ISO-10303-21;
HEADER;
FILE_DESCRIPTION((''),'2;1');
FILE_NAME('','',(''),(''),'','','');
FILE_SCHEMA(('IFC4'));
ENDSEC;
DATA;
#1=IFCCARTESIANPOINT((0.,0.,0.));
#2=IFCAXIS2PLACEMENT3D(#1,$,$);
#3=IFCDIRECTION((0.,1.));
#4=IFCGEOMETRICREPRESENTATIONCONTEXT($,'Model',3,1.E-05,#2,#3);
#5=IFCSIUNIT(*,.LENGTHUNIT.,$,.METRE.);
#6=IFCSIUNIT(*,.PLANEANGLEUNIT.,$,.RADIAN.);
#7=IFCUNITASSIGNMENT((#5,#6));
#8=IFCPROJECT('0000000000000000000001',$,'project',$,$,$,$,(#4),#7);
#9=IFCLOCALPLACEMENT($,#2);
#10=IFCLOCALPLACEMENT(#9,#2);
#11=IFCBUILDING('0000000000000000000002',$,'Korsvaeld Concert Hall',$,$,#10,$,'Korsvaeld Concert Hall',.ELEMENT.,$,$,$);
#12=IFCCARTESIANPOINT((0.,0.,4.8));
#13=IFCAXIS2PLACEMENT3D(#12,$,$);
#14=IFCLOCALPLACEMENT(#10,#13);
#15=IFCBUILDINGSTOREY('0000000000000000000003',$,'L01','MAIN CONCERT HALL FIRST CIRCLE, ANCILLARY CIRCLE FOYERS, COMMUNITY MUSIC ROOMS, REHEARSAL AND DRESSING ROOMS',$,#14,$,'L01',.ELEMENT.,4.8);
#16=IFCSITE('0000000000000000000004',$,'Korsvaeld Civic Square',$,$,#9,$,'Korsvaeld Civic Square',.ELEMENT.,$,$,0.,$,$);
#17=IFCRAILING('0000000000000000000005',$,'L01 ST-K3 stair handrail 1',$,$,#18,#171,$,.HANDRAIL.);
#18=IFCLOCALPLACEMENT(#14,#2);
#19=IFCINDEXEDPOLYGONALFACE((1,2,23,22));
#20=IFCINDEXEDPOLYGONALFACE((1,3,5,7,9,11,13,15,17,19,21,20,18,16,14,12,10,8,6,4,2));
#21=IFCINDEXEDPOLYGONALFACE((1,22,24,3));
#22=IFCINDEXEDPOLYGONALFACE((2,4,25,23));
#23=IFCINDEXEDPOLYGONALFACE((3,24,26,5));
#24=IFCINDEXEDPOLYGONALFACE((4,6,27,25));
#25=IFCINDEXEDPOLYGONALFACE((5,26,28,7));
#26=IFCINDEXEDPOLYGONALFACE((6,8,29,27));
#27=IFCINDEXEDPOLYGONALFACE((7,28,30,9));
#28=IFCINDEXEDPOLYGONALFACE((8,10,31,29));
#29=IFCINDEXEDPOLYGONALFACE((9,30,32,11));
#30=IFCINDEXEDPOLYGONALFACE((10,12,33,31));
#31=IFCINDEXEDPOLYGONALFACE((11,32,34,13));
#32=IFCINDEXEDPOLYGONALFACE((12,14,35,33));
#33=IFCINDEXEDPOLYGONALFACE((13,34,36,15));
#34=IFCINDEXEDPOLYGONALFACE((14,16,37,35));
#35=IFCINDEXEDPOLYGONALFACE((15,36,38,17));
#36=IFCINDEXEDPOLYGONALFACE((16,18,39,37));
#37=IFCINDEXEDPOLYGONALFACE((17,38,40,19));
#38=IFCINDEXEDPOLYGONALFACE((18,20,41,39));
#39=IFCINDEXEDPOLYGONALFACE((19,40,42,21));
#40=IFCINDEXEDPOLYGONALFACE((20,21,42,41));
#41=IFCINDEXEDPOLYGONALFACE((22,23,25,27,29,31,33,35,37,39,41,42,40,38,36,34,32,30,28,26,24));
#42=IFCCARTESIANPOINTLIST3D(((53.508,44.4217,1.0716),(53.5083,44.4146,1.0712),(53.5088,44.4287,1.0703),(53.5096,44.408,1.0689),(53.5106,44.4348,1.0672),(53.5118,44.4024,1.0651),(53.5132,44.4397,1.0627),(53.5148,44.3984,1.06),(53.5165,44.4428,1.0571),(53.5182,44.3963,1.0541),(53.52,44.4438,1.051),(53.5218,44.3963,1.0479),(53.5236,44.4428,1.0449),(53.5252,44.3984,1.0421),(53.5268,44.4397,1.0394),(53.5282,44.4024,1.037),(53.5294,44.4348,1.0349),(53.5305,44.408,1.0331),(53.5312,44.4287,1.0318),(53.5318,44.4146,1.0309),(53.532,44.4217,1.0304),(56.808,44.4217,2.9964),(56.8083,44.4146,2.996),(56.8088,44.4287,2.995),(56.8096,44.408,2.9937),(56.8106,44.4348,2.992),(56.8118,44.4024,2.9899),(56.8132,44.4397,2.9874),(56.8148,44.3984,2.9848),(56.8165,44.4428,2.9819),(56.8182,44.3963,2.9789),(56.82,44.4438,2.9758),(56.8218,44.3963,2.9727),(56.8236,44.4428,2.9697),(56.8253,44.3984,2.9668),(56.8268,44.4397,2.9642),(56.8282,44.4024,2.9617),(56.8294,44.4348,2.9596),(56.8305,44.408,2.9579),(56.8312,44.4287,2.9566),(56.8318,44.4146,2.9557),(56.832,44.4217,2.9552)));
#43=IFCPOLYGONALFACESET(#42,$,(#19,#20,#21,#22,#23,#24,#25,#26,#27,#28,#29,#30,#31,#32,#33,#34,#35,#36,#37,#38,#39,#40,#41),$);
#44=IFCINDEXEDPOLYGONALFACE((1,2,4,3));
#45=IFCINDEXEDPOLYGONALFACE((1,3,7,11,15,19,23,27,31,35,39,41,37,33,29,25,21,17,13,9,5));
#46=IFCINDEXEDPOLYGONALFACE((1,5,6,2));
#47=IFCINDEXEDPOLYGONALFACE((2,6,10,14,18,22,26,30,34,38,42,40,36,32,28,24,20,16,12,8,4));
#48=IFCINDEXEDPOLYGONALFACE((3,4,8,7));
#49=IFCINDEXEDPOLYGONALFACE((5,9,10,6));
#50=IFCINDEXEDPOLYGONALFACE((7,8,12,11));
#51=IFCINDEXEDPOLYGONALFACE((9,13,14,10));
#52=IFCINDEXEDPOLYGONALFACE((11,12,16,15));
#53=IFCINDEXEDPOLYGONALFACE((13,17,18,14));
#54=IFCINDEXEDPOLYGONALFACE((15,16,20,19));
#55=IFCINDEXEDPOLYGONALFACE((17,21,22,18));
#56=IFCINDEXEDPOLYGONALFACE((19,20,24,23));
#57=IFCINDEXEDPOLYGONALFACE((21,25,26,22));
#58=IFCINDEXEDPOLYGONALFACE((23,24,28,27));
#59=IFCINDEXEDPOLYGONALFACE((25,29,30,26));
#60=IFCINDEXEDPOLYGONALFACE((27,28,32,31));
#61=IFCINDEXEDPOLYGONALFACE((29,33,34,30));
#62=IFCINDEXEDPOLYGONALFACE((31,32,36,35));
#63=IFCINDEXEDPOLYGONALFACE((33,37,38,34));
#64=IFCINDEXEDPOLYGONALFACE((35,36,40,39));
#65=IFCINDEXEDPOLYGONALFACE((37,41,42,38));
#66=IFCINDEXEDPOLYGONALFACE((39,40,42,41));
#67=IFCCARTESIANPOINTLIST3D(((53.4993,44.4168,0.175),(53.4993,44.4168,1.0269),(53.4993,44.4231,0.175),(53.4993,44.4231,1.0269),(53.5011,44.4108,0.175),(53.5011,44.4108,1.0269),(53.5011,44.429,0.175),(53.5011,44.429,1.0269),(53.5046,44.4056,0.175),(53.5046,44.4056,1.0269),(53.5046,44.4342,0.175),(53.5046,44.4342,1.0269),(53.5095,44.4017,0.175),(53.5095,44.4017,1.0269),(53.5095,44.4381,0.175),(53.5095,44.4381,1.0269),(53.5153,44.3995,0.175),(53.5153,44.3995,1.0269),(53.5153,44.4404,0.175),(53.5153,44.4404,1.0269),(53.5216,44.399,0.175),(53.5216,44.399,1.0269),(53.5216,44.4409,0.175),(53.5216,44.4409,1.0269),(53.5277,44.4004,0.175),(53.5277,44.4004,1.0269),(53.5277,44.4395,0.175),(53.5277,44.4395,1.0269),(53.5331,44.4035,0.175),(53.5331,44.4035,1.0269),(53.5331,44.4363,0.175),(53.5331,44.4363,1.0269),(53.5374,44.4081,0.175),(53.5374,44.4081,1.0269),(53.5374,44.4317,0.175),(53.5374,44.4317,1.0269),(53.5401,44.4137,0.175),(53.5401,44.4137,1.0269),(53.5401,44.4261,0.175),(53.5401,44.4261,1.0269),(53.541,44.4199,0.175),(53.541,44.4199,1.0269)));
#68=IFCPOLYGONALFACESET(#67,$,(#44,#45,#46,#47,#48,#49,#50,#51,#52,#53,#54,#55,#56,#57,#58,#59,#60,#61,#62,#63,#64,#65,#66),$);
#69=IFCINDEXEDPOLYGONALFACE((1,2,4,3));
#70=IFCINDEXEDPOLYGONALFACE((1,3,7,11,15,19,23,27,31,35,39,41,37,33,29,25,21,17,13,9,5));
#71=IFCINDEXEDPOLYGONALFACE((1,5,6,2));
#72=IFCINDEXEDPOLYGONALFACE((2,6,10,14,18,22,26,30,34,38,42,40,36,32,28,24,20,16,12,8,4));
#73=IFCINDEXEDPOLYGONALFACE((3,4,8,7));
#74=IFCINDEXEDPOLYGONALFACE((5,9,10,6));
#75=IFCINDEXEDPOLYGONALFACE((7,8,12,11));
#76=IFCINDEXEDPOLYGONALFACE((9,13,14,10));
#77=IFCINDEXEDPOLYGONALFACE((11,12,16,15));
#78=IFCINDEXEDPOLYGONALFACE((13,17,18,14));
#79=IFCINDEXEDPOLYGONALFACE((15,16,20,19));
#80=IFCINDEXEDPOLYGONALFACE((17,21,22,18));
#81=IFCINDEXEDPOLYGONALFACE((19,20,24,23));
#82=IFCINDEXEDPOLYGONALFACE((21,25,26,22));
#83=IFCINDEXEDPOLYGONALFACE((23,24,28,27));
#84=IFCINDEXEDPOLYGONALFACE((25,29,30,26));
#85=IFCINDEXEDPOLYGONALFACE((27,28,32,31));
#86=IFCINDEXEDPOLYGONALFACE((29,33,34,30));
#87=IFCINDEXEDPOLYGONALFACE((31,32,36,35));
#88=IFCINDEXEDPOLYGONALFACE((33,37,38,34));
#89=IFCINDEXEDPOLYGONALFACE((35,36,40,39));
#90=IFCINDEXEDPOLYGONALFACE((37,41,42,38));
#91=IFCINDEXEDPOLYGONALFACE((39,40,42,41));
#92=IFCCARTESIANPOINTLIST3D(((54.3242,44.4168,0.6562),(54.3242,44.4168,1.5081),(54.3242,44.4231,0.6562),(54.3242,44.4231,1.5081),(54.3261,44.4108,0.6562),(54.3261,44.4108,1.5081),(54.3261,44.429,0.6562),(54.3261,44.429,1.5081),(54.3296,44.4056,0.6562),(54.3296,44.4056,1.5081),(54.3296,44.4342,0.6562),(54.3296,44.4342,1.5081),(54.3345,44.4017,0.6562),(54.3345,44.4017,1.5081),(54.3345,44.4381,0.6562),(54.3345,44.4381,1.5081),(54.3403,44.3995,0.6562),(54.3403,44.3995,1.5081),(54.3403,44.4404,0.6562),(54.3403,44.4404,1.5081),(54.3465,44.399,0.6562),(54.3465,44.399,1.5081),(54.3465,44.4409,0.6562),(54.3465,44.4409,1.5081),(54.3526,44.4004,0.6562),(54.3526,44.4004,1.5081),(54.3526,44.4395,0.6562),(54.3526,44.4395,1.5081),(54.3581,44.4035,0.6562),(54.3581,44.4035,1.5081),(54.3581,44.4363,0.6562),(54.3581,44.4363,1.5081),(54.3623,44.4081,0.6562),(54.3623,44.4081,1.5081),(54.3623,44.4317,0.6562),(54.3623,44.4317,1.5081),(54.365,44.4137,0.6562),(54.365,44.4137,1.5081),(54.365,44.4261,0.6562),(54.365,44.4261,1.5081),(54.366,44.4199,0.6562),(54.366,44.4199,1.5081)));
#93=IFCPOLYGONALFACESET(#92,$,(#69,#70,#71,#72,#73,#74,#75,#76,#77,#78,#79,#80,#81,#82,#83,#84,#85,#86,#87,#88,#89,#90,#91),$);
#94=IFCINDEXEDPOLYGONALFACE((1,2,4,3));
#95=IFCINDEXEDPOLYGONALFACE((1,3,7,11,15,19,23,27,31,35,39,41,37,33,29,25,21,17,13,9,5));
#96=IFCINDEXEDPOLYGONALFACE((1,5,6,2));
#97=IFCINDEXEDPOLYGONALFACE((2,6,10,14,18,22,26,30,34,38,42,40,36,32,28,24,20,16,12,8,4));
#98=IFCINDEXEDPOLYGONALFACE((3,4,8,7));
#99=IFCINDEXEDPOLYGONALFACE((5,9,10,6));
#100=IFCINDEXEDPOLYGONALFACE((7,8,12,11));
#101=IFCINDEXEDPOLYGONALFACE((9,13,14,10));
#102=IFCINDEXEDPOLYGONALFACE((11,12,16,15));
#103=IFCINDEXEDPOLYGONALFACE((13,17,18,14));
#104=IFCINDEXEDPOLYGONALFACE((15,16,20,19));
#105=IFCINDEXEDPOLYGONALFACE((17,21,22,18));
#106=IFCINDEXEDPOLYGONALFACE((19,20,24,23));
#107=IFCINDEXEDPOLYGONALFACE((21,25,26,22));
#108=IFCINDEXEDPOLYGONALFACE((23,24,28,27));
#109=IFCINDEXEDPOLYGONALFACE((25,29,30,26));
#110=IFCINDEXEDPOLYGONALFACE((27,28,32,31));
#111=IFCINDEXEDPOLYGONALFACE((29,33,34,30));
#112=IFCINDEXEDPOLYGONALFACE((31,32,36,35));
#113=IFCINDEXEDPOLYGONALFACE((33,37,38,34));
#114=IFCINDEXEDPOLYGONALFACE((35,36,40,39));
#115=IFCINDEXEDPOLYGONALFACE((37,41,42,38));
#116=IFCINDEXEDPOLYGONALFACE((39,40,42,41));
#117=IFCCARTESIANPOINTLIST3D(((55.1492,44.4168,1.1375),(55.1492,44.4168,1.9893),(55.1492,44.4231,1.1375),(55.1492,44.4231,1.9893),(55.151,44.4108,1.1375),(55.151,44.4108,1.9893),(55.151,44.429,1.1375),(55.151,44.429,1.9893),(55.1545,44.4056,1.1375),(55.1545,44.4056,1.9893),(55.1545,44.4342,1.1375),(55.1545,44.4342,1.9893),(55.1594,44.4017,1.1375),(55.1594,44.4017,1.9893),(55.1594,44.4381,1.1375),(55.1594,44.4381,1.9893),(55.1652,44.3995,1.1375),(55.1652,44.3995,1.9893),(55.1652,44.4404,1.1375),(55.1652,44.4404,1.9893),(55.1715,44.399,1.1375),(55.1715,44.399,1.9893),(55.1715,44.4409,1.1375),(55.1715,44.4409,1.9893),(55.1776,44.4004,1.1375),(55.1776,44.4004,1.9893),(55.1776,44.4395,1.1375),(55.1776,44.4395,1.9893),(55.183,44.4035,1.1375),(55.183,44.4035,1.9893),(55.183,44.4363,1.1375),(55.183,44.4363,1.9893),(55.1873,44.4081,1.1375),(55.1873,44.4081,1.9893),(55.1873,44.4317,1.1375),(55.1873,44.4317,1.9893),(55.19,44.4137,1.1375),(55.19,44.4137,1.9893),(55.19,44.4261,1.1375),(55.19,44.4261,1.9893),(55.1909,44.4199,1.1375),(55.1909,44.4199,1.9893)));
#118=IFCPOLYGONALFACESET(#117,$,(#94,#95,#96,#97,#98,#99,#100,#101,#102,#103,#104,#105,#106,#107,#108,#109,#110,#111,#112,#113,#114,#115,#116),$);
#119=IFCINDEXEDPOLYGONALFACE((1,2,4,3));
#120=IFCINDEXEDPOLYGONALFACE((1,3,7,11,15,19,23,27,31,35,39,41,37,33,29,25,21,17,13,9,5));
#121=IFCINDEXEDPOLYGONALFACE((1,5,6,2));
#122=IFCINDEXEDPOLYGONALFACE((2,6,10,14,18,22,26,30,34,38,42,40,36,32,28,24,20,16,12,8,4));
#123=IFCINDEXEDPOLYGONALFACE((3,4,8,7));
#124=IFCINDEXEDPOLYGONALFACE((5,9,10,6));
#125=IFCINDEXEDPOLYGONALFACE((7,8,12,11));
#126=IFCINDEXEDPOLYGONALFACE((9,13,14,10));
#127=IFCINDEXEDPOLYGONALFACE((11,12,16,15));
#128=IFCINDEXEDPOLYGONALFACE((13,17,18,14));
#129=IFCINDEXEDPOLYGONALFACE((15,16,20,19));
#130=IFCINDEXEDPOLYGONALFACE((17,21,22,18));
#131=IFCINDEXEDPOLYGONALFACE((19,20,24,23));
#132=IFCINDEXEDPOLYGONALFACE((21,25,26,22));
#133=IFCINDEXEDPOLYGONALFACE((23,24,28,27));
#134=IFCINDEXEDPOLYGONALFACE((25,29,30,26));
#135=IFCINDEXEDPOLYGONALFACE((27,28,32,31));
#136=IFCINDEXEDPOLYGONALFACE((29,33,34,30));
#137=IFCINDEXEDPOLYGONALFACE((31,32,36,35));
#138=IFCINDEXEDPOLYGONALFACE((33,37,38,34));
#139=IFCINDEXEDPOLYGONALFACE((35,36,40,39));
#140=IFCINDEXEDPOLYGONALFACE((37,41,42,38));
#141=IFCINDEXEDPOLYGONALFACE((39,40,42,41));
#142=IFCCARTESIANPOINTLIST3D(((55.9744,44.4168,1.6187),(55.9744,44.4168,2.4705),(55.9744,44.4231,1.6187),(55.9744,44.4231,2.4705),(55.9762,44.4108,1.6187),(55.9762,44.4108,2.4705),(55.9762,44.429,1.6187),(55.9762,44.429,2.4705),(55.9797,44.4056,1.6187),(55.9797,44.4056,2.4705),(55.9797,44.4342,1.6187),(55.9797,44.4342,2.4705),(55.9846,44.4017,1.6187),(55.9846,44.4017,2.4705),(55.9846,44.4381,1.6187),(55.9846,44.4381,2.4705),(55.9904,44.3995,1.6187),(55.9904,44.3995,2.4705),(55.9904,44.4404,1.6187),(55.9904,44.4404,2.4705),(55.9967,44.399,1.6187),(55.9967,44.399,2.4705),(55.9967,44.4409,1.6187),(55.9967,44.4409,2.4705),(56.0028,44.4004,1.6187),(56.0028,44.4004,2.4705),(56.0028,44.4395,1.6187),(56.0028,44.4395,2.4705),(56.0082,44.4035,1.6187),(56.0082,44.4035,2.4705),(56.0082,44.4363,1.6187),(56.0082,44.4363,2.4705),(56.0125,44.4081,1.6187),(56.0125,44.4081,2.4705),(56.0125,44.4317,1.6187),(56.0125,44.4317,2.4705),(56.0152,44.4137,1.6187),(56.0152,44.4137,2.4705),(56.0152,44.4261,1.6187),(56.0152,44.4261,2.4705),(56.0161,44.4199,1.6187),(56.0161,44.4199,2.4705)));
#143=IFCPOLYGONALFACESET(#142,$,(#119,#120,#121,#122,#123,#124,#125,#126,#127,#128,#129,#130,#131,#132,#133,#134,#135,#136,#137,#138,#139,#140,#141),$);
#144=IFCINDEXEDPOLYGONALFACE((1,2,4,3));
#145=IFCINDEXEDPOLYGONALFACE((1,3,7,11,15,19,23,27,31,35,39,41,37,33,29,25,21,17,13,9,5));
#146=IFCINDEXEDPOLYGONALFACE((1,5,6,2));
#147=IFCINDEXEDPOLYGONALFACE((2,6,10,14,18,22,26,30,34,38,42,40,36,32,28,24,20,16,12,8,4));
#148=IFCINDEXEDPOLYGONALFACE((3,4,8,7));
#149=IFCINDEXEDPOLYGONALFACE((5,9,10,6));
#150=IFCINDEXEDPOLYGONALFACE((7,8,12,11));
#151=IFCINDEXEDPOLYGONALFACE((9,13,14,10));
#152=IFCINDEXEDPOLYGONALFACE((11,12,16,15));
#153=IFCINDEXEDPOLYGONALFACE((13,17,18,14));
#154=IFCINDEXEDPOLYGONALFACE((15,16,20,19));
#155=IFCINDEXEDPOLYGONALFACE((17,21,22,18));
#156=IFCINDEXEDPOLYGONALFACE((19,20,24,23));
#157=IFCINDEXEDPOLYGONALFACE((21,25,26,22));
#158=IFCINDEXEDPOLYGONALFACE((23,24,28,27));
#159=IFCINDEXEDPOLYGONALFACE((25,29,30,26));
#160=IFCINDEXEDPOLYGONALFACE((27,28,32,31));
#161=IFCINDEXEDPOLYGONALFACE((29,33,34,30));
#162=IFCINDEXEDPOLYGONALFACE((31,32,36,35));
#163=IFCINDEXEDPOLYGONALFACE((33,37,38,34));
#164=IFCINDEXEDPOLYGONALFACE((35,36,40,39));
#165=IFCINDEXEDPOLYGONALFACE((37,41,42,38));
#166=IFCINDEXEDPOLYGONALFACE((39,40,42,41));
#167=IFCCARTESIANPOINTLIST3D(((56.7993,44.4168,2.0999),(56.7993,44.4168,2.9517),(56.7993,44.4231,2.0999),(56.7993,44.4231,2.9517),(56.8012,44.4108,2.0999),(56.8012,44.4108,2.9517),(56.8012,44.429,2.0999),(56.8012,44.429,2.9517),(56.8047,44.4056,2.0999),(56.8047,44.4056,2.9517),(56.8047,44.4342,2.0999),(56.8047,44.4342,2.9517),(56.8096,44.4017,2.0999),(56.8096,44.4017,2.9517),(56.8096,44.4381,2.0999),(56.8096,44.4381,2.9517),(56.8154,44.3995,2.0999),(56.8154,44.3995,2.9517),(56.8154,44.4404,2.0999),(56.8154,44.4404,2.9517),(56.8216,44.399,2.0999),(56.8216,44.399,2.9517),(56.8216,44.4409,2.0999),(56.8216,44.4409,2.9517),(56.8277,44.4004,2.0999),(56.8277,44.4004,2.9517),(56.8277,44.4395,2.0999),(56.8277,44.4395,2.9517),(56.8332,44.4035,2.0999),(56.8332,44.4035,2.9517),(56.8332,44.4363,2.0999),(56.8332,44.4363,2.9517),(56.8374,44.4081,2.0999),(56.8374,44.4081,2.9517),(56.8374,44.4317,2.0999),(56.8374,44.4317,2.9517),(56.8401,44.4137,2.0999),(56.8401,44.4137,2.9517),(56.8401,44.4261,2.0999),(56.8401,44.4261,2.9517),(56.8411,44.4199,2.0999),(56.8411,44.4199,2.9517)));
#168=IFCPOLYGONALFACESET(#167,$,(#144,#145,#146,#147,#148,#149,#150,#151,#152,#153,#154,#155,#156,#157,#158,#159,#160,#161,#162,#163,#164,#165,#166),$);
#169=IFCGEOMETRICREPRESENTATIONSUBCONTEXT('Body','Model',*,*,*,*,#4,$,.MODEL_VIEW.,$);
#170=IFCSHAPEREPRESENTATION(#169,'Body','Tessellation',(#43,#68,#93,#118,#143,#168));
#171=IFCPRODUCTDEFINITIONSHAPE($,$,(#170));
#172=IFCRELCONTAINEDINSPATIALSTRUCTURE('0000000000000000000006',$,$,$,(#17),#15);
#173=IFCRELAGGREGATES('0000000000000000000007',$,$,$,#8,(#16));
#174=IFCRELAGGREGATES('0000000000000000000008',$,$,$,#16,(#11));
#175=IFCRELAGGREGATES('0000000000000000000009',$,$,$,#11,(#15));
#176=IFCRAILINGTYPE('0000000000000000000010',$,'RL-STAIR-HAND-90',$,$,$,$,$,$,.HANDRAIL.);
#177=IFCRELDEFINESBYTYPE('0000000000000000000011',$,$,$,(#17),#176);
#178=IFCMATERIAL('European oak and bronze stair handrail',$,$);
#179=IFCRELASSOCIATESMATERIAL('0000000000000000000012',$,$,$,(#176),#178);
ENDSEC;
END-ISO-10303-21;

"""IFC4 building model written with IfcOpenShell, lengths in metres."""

from ifc_helpers import new_model, si_unit, direction, frame, origin, origin_2d, place, context, subcontext, project, spatial, circle, extrude, material, type_object, element, save


model = new_model("IFC4")

# Units and contexts
model_context = context("Model", 3, precision=1e-05, world=origin(), true_north=direction((0.0, 1.0)))
body_context = subcontext(model_context, "Body", "Model", "MODEL_VIEW")
ifc_project = project(units=[si_unit("LENGTHUNIT", "METRE"), si_unit("PLANEANGLEUNIT", "RADIAN")], contexts=[model_context])

# Site, building, storey
site_placement = place(None, origin())
site = spatial("IfcSite", under=ifc_project, at=site_placement, Name="Korsvaeld Civic Square", LongName="Korsvaeld Civic Square", CompositionType="ELEMENT", RefElevation=0.0)
building_placement = place(site_placement, origin())
building = spatial("IfcBuilding", under=site, at=building_placement, Name="Korsvaeld Concert Hall", LongName="Korsvaeld Concert Hall", CompositionType="ELEMENT")
storey_placement = place(building_placement, frame((0.0, 0.0, 4.8)))
storey = spatial("IfcBuildingStorey", under=building, at=storey_placement, Name="L01", Description="MAIN CONCERT HALL FIRST CIRCLE, ANCILLARY CIRCLE FOYERS, COMMUNITY MUSIC ROOMS, REHEARSAL AND DRESSING ROOMS", LongName="L01", CompositionType="ELEMENT", Elevation=4.8)

# Railing
ifc_material_1 = material(Name="European oak and bronze stair handrail")
railing_type_1 = type_object("IfcRailingType", Name="RL-STAIR-HAND-90", PredefinedType="HANDRAIL", material=ifc_material_1)
railing_1_placement = place(storey_placement, frame((53.52, 44.4199, 0.175)))
element("IfcRailing", 1, at=railing_1_placement, inside=storey, type_object=railing_type_1, Name="L01 ST-K3 stair handrail 1", PredefinedType="HANDRAIL", context=body_context, shape_type="SweptSolid", body=[
    extrude(circle(Radius=0.0239, at=origin_2d()), frame((0.0, 0.0, 0.876), z_axis=(0.863804, 0.0, 0.503827), x_axis=(0.0, 1.0, 0.0)), (0.0, 0.0, 1.0), 3.8203),
    extrude(circle(Radius=0.021, at=origin_2d()), origin(), (0.0, 0.0, 1.0), 0.8518),
    extrude(circle(Radius=0.021, at=origin_2d()), frame((0.825, 0.0, 0.4812)), (0.0, 0.0, 1.0), 0.8518),
    extrude(circle(Radius=0.021, at=origin_2d()), frame((1.6499, 0.0, 0.9624)), (0.0, 0.0, 1.0), 0.8518),
    extrude(circle(Radius=0.021, at=origin_2d()), frame((2.4751, 0.0, 1.4436)), (0.0, 0.0, 1.0), 0.8518),
    extrude(circle(Radius=0.021, at=origin_2d()), frame((3.3, 0.0, 1.9248)), (0.0, 0.0, 1.0), 0.8518),
])

save(model, "model.ifc")
